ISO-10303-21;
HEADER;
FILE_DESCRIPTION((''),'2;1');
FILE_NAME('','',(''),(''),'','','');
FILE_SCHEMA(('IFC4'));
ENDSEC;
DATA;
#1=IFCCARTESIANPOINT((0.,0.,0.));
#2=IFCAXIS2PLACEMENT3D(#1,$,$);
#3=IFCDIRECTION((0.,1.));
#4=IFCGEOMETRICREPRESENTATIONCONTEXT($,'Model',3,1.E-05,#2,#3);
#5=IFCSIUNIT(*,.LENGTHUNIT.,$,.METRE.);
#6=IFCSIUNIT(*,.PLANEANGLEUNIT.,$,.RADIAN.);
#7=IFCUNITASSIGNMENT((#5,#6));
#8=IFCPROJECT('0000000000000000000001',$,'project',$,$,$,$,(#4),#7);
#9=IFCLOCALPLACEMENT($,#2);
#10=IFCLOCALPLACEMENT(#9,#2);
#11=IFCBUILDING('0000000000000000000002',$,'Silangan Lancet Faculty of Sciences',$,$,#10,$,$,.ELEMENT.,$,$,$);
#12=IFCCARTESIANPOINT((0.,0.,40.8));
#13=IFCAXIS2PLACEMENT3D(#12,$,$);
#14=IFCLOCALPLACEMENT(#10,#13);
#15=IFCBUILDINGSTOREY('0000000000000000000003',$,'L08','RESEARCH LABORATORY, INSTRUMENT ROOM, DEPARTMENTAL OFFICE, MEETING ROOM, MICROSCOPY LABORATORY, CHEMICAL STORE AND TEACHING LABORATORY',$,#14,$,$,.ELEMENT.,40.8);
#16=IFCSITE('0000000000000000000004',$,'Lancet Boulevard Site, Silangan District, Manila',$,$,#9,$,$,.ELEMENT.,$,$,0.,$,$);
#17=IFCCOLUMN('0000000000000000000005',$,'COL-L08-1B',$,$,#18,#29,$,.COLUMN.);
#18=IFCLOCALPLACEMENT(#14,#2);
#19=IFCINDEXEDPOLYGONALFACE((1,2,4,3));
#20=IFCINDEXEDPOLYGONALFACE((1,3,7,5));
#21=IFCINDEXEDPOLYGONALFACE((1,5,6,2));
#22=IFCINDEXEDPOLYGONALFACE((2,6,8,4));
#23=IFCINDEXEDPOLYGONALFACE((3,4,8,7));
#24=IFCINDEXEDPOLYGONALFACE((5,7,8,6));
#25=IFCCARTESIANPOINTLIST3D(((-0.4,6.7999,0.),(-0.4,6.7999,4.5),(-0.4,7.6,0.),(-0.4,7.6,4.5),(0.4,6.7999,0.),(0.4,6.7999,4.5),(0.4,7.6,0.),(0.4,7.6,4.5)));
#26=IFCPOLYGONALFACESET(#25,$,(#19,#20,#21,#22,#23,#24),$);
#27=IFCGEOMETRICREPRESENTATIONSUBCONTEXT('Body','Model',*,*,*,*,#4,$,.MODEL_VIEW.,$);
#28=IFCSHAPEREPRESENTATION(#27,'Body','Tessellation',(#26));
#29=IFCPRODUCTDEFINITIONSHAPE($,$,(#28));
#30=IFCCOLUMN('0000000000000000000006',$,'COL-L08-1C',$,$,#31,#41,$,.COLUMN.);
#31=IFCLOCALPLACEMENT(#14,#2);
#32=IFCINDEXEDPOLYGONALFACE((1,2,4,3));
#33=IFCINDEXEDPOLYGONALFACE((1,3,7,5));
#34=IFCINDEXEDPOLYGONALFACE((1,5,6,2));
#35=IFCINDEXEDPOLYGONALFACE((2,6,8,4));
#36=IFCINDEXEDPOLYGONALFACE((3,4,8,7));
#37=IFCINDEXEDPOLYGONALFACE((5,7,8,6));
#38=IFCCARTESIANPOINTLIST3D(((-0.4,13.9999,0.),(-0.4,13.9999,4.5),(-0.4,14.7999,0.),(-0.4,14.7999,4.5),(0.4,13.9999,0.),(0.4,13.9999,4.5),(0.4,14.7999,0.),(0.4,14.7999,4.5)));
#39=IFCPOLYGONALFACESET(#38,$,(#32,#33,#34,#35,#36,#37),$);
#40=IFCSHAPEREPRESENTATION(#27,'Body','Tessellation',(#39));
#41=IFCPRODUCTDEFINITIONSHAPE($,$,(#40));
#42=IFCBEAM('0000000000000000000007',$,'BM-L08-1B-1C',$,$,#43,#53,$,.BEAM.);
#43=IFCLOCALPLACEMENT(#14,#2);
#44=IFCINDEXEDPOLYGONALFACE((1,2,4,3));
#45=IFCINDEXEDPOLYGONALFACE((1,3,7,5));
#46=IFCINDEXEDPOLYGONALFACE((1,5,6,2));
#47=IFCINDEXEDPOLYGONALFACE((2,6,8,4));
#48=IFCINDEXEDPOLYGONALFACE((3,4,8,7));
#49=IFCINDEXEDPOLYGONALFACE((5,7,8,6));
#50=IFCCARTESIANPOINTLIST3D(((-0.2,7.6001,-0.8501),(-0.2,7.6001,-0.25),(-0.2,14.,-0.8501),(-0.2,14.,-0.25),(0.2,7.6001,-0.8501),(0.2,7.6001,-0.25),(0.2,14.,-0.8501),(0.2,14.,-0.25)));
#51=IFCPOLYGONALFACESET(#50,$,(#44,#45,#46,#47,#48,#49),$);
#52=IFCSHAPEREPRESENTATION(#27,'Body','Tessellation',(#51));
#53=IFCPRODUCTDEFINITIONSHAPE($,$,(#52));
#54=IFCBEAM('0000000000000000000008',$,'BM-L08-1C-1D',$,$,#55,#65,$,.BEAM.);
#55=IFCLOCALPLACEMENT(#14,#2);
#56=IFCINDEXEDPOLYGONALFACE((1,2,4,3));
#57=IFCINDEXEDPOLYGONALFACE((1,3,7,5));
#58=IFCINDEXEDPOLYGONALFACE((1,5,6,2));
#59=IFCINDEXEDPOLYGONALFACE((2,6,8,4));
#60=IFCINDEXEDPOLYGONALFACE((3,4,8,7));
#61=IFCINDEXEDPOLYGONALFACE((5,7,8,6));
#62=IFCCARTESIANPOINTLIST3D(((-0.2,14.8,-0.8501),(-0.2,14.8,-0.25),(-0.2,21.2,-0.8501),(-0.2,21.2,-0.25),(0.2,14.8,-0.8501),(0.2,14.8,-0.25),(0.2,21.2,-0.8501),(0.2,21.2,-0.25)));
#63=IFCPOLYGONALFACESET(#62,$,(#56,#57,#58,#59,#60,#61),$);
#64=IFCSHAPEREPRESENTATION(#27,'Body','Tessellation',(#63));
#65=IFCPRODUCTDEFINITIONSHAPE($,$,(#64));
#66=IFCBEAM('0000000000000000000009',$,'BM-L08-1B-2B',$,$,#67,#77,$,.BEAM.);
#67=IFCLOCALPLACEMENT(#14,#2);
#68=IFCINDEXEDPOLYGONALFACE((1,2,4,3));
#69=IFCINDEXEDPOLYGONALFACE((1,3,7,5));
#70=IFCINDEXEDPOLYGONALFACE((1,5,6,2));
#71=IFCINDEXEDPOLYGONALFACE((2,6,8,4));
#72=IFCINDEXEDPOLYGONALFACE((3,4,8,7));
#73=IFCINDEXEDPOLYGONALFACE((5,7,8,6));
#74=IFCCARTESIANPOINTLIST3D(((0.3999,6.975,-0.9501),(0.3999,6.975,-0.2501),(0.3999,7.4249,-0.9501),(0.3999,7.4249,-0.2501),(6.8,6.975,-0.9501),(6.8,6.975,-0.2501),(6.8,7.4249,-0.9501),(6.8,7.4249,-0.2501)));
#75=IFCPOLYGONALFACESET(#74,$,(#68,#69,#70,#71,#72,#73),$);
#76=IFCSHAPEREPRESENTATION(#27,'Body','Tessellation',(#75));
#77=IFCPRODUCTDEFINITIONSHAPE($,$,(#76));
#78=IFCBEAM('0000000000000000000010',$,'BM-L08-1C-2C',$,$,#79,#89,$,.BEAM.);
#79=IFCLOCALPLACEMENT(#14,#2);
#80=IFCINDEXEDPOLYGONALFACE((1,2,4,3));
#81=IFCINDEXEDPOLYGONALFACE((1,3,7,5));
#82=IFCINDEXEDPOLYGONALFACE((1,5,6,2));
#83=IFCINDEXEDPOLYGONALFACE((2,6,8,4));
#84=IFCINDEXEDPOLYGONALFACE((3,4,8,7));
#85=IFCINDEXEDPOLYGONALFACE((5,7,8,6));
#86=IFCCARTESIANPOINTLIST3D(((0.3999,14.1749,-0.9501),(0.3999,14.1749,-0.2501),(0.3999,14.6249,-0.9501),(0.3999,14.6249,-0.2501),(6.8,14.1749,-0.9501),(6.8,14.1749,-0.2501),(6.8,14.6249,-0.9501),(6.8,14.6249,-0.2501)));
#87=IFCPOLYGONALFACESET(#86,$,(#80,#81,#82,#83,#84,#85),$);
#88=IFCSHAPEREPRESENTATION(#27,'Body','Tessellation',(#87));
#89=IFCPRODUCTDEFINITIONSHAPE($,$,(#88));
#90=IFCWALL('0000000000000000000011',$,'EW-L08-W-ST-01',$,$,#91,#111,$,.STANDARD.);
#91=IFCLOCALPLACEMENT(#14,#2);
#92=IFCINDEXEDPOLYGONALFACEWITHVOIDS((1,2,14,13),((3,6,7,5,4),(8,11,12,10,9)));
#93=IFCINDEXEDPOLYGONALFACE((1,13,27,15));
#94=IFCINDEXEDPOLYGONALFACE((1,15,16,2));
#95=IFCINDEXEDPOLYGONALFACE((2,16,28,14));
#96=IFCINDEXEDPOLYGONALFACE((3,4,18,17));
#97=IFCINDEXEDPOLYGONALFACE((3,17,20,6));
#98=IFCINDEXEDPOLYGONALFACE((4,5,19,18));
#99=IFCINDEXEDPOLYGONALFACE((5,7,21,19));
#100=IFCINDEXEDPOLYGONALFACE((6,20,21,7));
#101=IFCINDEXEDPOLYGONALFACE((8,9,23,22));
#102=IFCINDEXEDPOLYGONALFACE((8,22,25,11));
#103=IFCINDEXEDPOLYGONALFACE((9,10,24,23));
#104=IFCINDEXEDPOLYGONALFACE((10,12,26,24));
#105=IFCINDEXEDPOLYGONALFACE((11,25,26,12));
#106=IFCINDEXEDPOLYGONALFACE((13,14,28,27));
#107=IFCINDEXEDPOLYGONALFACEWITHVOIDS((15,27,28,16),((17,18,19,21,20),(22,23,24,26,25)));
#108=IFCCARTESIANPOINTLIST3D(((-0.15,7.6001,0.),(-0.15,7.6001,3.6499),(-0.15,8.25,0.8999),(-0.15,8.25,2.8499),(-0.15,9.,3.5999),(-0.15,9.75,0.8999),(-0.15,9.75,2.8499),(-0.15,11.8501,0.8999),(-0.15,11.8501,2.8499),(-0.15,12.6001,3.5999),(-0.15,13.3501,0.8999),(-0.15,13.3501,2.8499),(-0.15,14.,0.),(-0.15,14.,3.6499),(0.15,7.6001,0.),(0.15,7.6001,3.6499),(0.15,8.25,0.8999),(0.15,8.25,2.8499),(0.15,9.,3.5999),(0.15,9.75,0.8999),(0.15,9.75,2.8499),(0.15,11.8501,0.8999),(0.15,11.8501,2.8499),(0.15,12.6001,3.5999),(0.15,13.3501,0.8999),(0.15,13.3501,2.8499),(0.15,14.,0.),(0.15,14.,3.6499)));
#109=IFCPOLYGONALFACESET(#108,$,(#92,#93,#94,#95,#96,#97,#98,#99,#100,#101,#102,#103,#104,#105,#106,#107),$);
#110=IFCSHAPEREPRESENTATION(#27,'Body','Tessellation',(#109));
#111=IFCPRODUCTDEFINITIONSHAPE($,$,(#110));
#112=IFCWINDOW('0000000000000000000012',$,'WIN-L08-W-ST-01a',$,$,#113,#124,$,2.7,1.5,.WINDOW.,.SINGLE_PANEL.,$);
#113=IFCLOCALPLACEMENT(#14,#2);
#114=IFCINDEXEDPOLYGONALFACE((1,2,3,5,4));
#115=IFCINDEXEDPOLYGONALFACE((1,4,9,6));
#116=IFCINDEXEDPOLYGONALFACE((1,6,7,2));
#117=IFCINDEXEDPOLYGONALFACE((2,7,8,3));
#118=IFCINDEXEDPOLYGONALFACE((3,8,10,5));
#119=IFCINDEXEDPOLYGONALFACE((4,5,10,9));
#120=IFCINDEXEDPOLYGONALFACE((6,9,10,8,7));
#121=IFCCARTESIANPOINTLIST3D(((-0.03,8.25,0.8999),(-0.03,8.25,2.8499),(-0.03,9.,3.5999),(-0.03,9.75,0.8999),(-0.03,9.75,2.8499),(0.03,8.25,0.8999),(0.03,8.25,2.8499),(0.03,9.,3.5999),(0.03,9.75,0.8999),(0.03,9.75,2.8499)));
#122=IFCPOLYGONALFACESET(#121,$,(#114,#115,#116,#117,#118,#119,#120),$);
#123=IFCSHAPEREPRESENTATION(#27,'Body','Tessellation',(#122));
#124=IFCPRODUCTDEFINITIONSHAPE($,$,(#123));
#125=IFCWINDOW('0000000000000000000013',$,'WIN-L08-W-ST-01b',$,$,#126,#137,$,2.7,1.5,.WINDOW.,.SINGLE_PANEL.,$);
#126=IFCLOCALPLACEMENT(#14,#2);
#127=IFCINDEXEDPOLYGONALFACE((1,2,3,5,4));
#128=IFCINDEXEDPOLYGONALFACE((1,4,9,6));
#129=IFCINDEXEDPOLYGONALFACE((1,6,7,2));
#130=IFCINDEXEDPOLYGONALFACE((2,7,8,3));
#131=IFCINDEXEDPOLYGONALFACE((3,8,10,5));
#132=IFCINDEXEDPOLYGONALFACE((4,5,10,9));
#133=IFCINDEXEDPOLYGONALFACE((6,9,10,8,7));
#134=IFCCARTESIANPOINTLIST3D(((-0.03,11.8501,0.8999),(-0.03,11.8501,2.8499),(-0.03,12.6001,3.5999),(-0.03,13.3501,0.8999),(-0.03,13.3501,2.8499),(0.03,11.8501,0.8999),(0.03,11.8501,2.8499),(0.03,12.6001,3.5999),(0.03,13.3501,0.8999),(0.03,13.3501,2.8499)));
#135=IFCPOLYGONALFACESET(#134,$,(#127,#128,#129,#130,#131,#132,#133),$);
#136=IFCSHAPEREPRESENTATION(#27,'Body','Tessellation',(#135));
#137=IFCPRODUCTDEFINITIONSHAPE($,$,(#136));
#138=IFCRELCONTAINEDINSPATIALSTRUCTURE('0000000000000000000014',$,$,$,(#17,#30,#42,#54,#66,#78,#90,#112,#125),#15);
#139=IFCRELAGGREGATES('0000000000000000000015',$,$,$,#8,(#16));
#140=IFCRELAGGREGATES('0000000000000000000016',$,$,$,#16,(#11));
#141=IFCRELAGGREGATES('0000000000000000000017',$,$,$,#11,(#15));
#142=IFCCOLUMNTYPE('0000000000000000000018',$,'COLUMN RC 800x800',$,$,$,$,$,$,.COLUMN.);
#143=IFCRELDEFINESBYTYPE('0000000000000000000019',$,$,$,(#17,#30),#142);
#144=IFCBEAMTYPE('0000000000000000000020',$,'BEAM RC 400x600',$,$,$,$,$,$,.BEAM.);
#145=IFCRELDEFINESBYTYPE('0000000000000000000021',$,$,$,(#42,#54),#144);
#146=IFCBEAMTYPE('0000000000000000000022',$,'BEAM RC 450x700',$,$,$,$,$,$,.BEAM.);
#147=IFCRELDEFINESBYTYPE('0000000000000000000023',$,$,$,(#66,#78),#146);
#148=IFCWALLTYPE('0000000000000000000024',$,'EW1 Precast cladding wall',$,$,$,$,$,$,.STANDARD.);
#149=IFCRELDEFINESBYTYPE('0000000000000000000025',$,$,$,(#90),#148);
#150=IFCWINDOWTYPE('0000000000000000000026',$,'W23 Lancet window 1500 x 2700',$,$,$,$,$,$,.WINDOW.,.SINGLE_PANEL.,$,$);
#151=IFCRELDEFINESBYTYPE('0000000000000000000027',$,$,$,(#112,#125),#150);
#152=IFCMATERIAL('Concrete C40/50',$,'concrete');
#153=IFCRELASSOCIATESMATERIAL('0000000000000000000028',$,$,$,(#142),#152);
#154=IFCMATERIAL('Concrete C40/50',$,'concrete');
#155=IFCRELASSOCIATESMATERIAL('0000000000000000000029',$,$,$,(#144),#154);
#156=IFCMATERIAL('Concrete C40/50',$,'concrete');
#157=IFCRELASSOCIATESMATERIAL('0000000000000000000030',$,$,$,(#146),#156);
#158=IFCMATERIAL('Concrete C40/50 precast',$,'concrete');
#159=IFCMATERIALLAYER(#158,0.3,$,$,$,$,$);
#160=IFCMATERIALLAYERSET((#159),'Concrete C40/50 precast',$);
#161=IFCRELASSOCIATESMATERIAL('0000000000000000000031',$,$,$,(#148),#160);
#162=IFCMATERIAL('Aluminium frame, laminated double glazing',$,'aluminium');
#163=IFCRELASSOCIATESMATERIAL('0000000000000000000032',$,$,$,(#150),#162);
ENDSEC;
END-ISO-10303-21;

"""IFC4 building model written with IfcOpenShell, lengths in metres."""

from ifc_helpers import new_model, si_unit, direction, frame, frame_2d, origin, origin_2d, place, context, subcontext, project, spatial, polyline, rectangle, outline, extrude, material, layer, layer_set, material_profile, profile_set, type_object, element, fill, save


model = new_model("IFC4")

# Units and contexts
model_context = context("Model", 3, precision=1e-05, world=origin(), true_north=direction((0.0, 1.0)))
body_context = subcontext(model_context, "Body", "Model", "MODEL_VIEW")
ifc_project = project(units=[si_unit("LENGTHUNIT", "METRE"), si_unit("PLANEANGLEUNIT", "RADIAN")], contexts=[model_context])

# Site, building, storey
site_placement = place(None, origin())
site = spatial("IfcSite", under=ifc_project, at=site_placement, Name="Lancet Boulevard Site, Silangan District, Manila", CompositionType="ELEMENT", RefElevation=0.0)
building_placement = place(site_placement, origin())
building = spatial("IfcBuilding", under=site, at=building_placement, Name="Silangan Lancet Faculty of Sciences", CompositionType="ELEMENT")
storey_placement = place(building_placement, frame((0.0, 0.0, 40.8)))
storey = spatial("IfcBuildingStorey", under=building, at=storey_placement, Name="L08", Description="RESEARCH LABORATORY, INSTRUMENT ROOM, DEPARTMENTAL OFFICE, MEETING ROOM, MICROSCOPY LABORATORY, CHEMICAL STORE AND TEACHING LABORATORY", CompositionType="ELEMENT", Elevation=40.8)

# Columns
ifc_material_1 = material(Name="Concrete C40/50", Category="concrete")
ifc_material_profile_1 = material_profile(ifc_material_1, rectangle(XDim=0.8, YDim=0.8, at=origin_2d()), Name="RC 800x800")
ifc_profile_set_1 = profile_set([ifc_material_profile_1], Name="Concrete C40/50")
column_type = type_object("IfcColumnType", Name="COLUMN RC 800x800", PredefinedType="COLUMN", material=ifc_profile_set_1)
for number, where, z_axis, x_axis, name in (
    (1, (0.0, 7.2, 0.0), (0.0, 0.0, 1.0), (1.0, 0.0, 0.0), "COL-L08-1B"),
    (2, (0.0, 14.3999, 0.0), (0.0, 0.0, 1.0), (1.0, 0.0, 0.0), "COL-L08-1C"),
):
    element("IfcColumn", number, at=place(storey_placement, frame(where, z_axis=z_axis, x_axis=x_axis)), inside=storey, type_object=column_type, Name=name, PredefinedType="COLUMN", context=body_context, shape_type="SweptSolid", body=[
        extrude(rectangle(XDim=0.8, YDim=0.8, at=origin_2d()), origin(), (0.0, 0.0, 1.0), 4.5),
    ])

# Beams
ifc_material_2 = material(Name="Concrete C40/50", Category="concrete")
ifc_material_profile_2 = material_profile(ifc_material_2, rectangle(XDim=0.3999, YDim=0.6001, at=origin_2d()), Name="RC 400x600")
ifc_profile_set_2 = profile_set([ifc_material_profile_2], Name="Concrete C40/50")
beam_type_1 = type_object("IfcBeamType", Name="BEAM RC 400x600", PredefinedType="BEAM", material=ifc_profile_set_2)
for number, where, z_axis, x_axis, name in (
    (3, (0.0, 7.6001, -0.55), (0.0, 1.0, 0.0), (-1.0, 0.0, 0.0), "BM-L08-1B-1C"),
    (4, (0.0, 14.8, -0.55), (0.0, 1.0, 0.0), (-1.0, 0.0, 0.0), "BM-L08-1C-1D"),
):
    element("IfcBeam", number, at=place(storey_placement, frame(where, z_axis=z_axis, x_axis=x_axis)), inside=storey, type_object=beam_type_1, Name=name, PredefinedType="BEAM", context=body_context, shape_type="SweptSolid", body=[
        extrude(rectangle(XDim=0.3999, YDim=0.6001, at=origin_2d()), origin(), (0.0, 0.0, 1.0), 6.3999),
    ])
ifc_material_3 = material(Name="Concrete C40/50", Category="concrete")
ifc_material_profile_3 = material_profile(ifc_material_3, rectangle(XDim=0.45, YDim=0.7, at=origin_2d()), Name="RC 450x700")
ifc_profile_set_3 = profile_set([ifc_material_profile_3], Name="Concrete C40/50")
beam_type_2 = type_object("IfcBeamType", Name="BEAM RC 450x700", PredefinedType="BEAM", material=ifc_profile_set_3)
for number, where, z_axis, x_axis, name in (
    (5, (0.3999, 7.2, -0.6001), (1.0, 0.0, 0.0), (0.0, 1.0, 0.0), "BM-L08-1B-2B"),
    (6, (0.3999, 14.3999, -0.6001), (1.0, 0.0, 0.0), (0.0, 1.0, 0.0), "BM-L08-1C-2C"),
):
    element("IfcBeam", number, at=place(storey_placement, frame(where, z_axis=z_axis, x_axis=x_axis)), inside=storey, type_object=beam_type_2, Name=name, PredefinedType="BEAM", context=body_context, shape_type="SweptSolid", body=[
        extrude(rectangle(XDim=0.45, YDim=0.7, at=origin_2d()), origin(), (0.0, 0.0, 1.0), 6.4001),
    ])

# Wall, openings, windows
ifc_material_4 = material(Name="Concrete C40/50 precast", Category="concrete")
ifc_layer_1 = layer(ifc_material_4, 0.3)
ifc_layer_set_1 = layer_set([ifc_layer_1], Name="Concrete C40/50 precast")
wall_type_1 = type_object("IfcWallType", Name="EW1 Precast cladding wall", PredefinedType="STANDARD", material=ifc_layer_set_1)
wall_1_placement = place(storey_placement, frame((0.0, 7.6001, 0.0), z_axis=(0.0, 0.0, 1.0), x_axis=(0.0, 1.0, 0.0)))
wall_1 = element("IfcWall", 7, at=wall_1_placement, inside=storey, type_object=wall_type_1, Name="EW-L08-W-ST-01", PredefinedType="STANDARD", context=body_context, shape_type="SweptSolid", body=[
    extrude(rectangle(XDim=6.3999, YDim=0.3, at=frame_2d((3.2, 0.0))), origin(), (0.0, 0.0, 1.0), 3.6499),
])
opening_1_placement = place(wall_1_placement, frame((0.6499, 0.0, 0.8999)))
opening_1 = element("IfcOpeningElement", 8, at=opening_1_placement, cuts=wall_1, PredefinedType="OPENING", context=body_context, shape_type="SweptSolid", body=[
    extrude(outline(polyline([(0.0, 0.0), (1.5, 0.0), (1.5, 1.95), (0.75, 2.7), (0.0, 1.95), (0.0, 0.0)])), frame((0.0, 0.1599, 0.0), z_axis=(0.0, -1.0, 0.0), x_axis=(1.0, 0.0, 0.0)), (0.0, 0.0, 1.0), 0.3201),
])
opening_2_placement = place(wall_1_placement, frame((4.25, 0.0, 0.8999)))
opening_2 = element("IfcOpeningElement", 9, at=opening_2_placement, cuts=wall_1, PredefinedType="OPENING", context=body_context, shape_type="SweptSolid", body=[
    extrude(outline(polyline([(0.0, 0.0), (1.5, 0.0), (1.5, 1.95), (0.75, 2.7), (0.0, 1.95), (0.0, 0.0)])), frame((0.0, 0.1599, 0.0), z_axis=(0.0, -1.0, 0.0), x_axis=(1.0, 0.0, 0.0)), (0.0, 0.0, 1.0), 0.3201),
])
ifc_material_5 = material(Name="Aluminium frame, laminated double glazing", Category="aluminium")
window_type = type_object("IfcWindowType", Name="W23 Lancet window 1500 x 2700", PartitioningType="SINGLE_PANEL", PredefinedType="WINDOW", material=ifc_material_5)
window_1_placement = place(opening_1_placement, origin())
window_1 = element("IfcWindow", 10, at=window_1_placement, inside=storey, type_object=window_type, Name="WIN-L08-W-ST-01a", OverallHeight=2.7, OverallWidth=1.5, PartitioningType="SINGLE_PANEL", PredefinedType="WINDOW", context=body_context, shape_type="SweptSolid", body=[
    extrude(outline(polyline([(0.0, 0.0), (1.5, 0.0), (1.5, 1.95), (0.75, 2.7), (0.0, 1.95), (0.0, 0.0)])), frame((0.0, 0.03, 0.0), z_axis=(0.0, -1.0, 0.0), x_axis=(1.0, 0.0, 0.0)), (0.0, 0.0, 1.0), 0.0601),
])
fill(opening_1, window_1)
window_2_placement = place(opening_2_placement, origin())
window_2 = element("IfcWindow", 11, at=window_2_placement, inside=storey, type_object=window_type, Name="WIN-L08-W-ST-01b", OverallHeight=2.7, OverallWidth=1.5, PartitioningType="SINGLE_PANEL", PredefinedType="WINDOW", context=body_context, shape_type="SweptSolid", body=[
    extrude(outline(polyline([(0.0, 0.0), (1.5, 0.0), (1.5, 1.95), (0.75, 2.7), (0.0, 1.95), (0.0, 0.0)])), frame((0.0, 0.03, 0.0), z_axis=(0.0, -1.0, 0.0), x_axis=(1.0, 0.0, 0.0)), (0.0, 0.0, 1.0), 0.0601),
])
fill(opening_2, window_2)

save(model, "model.ifc")
